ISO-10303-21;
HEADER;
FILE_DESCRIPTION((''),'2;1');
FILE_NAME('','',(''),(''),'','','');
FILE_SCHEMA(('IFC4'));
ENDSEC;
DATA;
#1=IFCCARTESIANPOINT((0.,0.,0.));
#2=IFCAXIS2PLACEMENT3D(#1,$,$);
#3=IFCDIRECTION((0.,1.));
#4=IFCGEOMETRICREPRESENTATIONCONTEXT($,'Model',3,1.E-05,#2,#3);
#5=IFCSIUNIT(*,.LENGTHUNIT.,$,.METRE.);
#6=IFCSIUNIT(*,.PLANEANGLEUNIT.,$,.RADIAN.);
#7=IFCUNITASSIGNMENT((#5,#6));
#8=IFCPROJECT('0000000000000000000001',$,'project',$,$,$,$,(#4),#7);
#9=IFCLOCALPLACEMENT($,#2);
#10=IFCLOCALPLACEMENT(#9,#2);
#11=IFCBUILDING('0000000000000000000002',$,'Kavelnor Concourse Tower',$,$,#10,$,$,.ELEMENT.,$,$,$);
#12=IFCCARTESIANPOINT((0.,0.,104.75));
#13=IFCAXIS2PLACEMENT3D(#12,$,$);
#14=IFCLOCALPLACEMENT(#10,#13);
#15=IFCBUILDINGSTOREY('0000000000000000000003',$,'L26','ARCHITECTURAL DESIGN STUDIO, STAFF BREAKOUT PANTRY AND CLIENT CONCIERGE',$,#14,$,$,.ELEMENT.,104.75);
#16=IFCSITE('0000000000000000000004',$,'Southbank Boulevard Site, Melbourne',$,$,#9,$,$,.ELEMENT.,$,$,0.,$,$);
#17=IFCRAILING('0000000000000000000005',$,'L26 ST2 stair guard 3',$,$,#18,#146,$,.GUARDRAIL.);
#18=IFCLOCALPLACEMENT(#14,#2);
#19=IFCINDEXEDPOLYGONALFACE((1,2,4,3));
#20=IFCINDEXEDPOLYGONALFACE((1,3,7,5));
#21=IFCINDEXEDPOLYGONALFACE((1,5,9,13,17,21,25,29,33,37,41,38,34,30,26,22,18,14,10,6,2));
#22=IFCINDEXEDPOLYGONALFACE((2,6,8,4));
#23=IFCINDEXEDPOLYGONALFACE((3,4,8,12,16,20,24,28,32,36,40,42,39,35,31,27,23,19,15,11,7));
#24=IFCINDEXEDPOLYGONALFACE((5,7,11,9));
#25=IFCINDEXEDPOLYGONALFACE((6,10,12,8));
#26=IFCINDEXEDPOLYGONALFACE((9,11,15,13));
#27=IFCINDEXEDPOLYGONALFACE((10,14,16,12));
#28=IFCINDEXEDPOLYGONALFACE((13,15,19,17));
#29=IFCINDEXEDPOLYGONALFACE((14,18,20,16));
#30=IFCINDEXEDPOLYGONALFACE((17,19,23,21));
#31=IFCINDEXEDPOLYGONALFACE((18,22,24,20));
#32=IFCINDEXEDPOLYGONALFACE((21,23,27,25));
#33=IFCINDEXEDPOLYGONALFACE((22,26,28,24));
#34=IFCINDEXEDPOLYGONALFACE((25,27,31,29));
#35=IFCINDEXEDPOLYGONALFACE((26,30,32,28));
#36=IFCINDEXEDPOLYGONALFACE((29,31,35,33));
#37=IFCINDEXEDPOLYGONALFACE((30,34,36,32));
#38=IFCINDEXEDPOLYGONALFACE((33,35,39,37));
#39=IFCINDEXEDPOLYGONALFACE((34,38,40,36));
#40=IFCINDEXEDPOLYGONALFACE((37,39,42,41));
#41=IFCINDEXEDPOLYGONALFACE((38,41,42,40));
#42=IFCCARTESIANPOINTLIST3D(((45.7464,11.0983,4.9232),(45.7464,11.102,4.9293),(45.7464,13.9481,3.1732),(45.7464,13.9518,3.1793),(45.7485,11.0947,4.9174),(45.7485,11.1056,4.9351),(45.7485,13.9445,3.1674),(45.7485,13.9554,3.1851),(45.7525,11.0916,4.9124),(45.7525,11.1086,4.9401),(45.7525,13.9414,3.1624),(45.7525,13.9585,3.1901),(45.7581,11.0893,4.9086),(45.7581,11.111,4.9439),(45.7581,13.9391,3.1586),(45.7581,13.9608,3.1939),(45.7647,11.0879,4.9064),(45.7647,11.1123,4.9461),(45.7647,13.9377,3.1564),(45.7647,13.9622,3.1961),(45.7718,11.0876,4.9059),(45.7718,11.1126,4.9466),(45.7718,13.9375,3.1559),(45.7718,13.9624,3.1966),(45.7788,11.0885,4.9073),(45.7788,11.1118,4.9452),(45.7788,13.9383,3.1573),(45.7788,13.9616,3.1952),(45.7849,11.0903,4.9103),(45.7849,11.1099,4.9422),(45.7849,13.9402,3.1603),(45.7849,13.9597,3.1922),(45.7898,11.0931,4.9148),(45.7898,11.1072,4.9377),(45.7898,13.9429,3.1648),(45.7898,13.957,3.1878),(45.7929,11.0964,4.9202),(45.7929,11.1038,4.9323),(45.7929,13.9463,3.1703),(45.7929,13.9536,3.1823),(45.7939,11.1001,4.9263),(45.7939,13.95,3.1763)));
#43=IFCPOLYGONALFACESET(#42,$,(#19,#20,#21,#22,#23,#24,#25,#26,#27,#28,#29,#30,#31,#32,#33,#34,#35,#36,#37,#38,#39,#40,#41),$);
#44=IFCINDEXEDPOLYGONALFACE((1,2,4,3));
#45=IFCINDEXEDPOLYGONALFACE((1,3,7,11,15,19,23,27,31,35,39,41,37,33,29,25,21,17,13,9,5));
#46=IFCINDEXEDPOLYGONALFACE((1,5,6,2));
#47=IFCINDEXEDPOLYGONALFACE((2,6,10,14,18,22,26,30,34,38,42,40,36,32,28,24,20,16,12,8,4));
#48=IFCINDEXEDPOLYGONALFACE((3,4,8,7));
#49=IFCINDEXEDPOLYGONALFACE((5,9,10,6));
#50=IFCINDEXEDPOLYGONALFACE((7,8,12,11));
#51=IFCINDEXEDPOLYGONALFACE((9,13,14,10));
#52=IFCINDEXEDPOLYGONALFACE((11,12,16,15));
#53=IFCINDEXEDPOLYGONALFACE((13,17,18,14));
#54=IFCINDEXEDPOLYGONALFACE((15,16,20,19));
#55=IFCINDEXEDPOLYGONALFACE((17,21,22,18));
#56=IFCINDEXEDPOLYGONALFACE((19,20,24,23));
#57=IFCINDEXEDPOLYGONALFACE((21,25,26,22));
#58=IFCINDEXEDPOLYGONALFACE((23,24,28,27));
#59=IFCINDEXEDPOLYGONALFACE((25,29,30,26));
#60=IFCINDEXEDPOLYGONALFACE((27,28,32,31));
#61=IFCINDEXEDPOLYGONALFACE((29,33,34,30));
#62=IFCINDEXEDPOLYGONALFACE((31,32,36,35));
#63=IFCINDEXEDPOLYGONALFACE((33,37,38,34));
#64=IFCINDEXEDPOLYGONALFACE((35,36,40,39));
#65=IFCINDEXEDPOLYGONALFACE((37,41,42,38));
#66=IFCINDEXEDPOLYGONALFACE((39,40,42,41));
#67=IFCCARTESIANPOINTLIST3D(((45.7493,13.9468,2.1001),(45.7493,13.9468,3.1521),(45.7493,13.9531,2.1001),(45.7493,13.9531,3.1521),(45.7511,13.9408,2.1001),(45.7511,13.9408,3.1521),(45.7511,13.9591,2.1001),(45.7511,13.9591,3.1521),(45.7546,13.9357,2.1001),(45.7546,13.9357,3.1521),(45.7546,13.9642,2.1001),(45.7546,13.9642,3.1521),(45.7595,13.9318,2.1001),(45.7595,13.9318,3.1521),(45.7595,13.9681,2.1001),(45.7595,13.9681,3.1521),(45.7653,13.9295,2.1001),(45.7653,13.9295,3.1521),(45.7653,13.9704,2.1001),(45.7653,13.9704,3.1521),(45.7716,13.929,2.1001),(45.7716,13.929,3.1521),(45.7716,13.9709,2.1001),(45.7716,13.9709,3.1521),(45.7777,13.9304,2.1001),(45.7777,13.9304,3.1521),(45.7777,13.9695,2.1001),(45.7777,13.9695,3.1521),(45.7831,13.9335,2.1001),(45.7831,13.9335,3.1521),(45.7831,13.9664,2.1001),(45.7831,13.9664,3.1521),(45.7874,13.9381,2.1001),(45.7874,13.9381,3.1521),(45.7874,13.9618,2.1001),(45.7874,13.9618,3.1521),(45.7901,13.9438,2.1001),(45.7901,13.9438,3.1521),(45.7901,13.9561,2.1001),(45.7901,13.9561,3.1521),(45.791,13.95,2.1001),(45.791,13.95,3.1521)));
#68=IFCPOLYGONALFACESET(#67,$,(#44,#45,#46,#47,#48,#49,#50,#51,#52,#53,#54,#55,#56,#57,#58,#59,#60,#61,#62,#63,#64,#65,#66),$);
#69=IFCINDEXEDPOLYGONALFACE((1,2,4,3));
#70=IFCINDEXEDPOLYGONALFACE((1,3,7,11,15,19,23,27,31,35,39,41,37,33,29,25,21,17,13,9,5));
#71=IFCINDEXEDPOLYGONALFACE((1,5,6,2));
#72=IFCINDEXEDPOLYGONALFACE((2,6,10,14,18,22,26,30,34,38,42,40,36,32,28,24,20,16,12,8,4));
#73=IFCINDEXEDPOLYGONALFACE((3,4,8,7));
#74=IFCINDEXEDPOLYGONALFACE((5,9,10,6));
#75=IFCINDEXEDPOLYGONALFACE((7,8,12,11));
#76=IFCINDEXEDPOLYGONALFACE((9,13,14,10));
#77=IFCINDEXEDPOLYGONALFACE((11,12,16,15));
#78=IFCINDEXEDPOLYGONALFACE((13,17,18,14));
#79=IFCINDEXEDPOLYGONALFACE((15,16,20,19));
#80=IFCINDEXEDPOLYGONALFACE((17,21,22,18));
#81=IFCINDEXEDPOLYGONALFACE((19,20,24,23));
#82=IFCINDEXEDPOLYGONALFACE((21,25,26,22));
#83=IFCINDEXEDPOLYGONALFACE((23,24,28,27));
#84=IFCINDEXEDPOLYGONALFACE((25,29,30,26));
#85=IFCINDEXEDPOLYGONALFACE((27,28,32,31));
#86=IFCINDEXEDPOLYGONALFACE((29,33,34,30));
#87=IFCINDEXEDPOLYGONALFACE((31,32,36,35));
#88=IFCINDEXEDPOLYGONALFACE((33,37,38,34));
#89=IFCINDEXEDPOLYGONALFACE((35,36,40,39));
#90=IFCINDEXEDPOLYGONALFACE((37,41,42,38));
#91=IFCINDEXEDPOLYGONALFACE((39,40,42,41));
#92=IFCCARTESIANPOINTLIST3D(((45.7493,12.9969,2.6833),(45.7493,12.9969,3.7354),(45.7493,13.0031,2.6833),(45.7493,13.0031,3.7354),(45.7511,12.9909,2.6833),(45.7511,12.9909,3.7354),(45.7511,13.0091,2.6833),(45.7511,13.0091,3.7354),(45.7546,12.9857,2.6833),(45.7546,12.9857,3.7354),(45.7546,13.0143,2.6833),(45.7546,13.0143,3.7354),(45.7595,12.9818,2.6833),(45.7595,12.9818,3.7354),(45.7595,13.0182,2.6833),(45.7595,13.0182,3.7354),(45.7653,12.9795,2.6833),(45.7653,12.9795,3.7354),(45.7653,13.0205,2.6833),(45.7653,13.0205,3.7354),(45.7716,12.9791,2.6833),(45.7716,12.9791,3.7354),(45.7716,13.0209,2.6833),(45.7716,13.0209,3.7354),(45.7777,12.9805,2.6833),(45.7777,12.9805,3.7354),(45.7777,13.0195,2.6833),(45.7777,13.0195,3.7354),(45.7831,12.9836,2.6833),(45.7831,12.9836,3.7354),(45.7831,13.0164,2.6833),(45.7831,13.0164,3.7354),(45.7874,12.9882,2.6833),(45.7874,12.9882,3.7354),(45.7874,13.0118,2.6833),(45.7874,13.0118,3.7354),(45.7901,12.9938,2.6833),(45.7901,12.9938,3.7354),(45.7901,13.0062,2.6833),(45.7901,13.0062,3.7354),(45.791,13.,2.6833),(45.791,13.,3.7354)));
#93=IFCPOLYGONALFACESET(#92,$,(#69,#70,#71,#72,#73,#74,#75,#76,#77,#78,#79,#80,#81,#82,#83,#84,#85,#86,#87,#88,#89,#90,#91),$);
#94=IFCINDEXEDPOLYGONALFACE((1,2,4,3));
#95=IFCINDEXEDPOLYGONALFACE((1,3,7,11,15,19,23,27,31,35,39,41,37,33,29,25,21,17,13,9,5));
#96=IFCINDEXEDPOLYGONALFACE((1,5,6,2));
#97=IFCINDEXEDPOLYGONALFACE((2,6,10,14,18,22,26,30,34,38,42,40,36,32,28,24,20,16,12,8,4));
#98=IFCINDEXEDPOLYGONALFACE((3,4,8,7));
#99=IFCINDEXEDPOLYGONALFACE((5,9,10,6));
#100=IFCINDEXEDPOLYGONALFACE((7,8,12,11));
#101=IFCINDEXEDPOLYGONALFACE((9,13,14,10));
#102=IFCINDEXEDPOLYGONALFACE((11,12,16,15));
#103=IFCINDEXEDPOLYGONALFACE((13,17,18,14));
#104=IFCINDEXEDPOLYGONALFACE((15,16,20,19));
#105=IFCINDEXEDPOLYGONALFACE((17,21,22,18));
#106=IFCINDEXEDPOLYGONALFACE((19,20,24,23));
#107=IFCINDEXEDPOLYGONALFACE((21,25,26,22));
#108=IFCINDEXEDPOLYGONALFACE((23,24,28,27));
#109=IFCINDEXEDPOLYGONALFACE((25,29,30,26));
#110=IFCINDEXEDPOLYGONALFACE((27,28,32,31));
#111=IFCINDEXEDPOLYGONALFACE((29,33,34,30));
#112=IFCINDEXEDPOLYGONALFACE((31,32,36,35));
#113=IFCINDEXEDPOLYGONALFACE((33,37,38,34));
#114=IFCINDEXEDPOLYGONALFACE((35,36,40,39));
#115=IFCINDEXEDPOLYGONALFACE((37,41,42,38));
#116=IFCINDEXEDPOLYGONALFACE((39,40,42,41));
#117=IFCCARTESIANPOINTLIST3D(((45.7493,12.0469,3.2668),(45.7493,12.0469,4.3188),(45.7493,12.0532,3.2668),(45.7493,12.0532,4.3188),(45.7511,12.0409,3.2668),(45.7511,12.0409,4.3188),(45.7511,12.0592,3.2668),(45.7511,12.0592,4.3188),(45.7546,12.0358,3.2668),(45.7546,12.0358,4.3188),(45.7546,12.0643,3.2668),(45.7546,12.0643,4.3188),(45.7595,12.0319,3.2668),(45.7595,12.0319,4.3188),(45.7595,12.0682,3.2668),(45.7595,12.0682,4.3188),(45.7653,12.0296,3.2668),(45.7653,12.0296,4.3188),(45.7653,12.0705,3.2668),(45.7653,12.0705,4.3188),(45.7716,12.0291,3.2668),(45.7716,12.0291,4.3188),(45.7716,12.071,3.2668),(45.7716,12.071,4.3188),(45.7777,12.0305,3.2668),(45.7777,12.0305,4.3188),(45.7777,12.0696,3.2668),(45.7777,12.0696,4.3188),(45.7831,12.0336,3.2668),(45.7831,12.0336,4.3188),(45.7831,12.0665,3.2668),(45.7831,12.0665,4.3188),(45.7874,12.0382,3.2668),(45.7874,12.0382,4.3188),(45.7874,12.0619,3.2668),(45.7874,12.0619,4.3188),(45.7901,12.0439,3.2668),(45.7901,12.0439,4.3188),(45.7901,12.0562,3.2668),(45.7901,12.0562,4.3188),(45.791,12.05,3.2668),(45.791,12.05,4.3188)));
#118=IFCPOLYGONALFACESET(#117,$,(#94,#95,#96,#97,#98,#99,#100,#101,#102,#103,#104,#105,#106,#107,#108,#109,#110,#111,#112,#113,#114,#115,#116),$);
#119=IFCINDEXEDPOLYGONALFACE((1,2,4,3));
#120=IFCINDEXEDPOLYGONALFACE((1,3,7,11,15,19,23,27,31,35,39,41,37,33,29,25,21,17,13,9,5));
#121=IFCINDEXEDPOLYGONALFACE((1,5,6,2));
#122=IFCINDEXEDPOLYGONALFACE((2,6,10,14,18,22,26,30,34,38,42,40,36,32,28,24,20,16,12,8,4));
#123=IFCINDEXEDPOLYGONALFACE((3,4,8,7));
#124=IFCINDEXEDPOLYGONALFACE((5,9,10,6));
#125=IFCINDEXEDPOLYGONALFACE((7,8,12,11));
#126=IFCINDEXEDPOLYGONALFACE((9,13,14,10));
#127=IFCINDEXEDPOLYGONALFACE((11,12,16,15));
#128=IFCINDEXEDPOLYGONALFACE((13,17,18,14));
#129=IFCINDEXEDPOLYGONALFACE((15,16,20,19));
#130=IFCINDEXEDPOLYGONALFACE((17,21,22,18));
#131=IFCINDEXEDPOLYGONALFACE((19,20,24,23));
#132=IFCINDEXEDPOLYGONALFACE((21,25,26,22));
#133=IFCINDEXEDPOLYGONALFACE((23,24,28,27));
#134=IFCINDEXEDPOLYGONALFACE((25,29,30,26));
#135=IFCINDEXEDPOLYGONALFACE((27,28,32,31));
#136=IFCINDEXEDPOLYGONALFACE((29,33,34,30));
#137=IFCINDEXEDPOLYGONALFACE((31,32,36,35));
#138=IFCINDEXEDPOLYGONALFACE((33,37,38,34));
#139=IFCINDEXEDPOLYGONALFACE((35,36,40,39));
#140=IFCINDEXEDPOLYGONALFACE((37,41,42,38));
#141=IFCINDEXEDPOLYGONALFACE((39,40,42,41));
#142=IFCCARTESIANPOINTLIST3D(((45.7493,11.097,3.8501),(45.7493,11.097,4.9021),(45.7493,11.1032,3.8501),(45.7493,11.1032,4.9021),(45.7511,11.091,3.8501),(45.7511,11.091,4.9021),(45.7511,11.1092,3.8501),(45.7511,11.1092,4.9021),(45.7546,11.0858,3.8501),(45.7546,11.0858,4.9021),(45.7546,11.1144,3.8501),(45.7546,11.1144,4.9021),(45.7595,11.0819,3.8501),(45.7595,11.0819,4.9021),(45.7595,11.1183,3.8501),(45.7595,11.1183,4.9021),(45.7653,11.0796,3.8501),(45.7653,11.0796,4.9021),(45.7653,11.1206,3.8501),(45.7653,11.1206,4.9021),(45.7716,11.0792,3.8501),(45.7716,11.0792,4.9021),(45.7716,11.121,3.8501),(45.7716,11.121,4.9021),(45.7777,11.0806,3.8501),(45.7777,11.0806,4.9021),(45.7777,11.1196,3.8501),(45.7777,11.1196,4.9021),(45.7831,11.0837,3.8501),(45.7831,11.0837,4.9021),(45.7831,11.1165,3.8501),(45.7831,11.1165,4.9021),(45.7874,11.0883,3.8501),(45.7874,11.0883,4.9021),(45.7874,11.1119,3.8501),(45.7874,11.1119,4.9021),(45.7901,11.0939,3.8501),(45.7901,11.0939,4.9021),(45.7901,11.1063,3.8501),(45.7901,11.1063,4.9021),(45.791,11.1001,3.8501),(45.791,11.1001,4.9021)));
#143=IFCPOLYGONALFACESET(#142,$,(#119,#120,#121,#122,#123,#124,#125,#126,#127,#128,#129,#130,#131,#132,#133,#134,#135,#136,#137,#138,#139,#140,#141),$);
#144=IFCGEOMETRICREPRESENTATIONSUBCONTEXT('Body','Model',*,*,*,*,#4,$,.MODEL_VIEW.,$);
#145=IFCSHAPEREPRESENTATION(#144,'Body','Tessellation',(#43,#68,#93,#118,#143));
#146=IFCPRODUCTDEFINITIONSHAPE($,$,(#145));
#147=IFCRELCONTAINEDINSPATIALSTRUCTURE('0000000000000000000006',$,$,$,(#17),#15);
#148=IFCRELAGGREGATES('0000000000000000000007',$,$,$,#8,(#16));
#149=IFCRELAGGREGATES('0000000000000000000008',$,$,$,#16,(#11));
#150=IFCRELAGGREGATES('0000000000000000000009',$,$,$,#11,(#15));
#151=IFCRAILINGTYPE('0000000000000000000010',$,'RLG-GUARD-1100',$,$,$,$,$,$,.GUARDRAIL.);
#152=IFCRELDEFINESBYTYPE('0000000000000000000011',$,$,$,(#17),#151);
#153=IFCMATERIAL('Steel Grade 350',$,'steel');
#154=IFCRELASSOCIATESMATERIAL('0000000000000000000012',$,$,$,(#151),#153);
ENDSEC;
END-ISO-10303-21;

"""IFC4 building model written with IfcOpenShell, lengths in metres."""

from ifc_helpers import new_model, si_unit, direction, frame, origin, origin_2d, place, context, subcontext, project, spatial, circle, extrude, material, type_object, element, save


model = new_model("IFC4")

# Units and contexts
model_context = context("Model", 3, precision=1e-05, world=origin(), true_north=direction((0.0, 1.0)))
body_context = subcontext(model_context, "Body", "Model", "MODEL_VIEW")
ifc_project = project(units=[si_unit("LENGTHUNIT", "METRE"), si_unit("PLANEANGLEUNIT", "RADIAN")], contexts=[model_context])

# Site, building, storey
site_placement = place(None, origin())
site = spatial("IfcSite", under=ifc_project, at=site_placement, Name="Southbank Boulevard Site, Melbourne", CompositionType="ELEMENT", RefElevation=0.0)
building_placement = place(site_placement, origin())
building = spatial("IfcBuilding", under=site, at=building_placement, Name="Kavelnor Concourse Tower", CompositionType="ELEMENT")
storey_placement = place(building_placement, frame((0.0, 0.0, 104.75)))
storey = spatial("IfcBuildingStorey", under=building, at=storey_placement, Name="L26", Description="ARCHITECTURAL DESIGN STUDIO, STAFF BREAKOUT PANTRY AND CLIENT CONCIERGE", CompositionType="ELEMENT", Elevation=104.75)

# Shared definitions
ifc_material_1 = material(Name="Steel Grade 350", Category="steel")

# Railing
railing_type_1 = type_object("IfcRailingType", Name="RLG-GUARD-1100", PredefinedType="GUARDRAIL", material=ifc_material_1)
railing_1_placement = place(storey_placement, frame((45.77, 13.95, 2.1001)))
element("IfcRailing", 1, at=railing_1_placement, inside=storey, type_object=railing_type_1, Name="L26 ST2 stair guard 3", PredefinedType="GUARDRAIL", context=body_context, shape_type="SweptSolid", body=[
    extrude(circle(Radius=0.0239, at=origin_2d()), frame((0.0, 0.0, 1.0762), z_axis=(0.0, -0.852159, 0.523283), x_axis=(1.0, 0.0, 0.0)), (0.0, 0.0, 1.0), 3.3442),
    extrude(circle(Radius=0.021, at=origin_2d()), origin(), (0.0, 0.0, 1.0), 1.052),
    extrude(circle(Radius=0.021, at=origin_2d()), frame((0.0, -0.95, 0.5833)), (0.0, 0.0, 1.0), 1.052),
    extrude(circle(Radius=0.021, at=origin_2d()), frame((0.0, -1.8999, 1.1667)), (0.0, 0.0, 1.0), 1.052),
    extrude(circle(Radius=0.021, at=origin_2d()), frame((0.0, -2.8499, 1.75)), (0.0, 0.0, 1.0), 1.052),
])

save(model, "model.ifc")
